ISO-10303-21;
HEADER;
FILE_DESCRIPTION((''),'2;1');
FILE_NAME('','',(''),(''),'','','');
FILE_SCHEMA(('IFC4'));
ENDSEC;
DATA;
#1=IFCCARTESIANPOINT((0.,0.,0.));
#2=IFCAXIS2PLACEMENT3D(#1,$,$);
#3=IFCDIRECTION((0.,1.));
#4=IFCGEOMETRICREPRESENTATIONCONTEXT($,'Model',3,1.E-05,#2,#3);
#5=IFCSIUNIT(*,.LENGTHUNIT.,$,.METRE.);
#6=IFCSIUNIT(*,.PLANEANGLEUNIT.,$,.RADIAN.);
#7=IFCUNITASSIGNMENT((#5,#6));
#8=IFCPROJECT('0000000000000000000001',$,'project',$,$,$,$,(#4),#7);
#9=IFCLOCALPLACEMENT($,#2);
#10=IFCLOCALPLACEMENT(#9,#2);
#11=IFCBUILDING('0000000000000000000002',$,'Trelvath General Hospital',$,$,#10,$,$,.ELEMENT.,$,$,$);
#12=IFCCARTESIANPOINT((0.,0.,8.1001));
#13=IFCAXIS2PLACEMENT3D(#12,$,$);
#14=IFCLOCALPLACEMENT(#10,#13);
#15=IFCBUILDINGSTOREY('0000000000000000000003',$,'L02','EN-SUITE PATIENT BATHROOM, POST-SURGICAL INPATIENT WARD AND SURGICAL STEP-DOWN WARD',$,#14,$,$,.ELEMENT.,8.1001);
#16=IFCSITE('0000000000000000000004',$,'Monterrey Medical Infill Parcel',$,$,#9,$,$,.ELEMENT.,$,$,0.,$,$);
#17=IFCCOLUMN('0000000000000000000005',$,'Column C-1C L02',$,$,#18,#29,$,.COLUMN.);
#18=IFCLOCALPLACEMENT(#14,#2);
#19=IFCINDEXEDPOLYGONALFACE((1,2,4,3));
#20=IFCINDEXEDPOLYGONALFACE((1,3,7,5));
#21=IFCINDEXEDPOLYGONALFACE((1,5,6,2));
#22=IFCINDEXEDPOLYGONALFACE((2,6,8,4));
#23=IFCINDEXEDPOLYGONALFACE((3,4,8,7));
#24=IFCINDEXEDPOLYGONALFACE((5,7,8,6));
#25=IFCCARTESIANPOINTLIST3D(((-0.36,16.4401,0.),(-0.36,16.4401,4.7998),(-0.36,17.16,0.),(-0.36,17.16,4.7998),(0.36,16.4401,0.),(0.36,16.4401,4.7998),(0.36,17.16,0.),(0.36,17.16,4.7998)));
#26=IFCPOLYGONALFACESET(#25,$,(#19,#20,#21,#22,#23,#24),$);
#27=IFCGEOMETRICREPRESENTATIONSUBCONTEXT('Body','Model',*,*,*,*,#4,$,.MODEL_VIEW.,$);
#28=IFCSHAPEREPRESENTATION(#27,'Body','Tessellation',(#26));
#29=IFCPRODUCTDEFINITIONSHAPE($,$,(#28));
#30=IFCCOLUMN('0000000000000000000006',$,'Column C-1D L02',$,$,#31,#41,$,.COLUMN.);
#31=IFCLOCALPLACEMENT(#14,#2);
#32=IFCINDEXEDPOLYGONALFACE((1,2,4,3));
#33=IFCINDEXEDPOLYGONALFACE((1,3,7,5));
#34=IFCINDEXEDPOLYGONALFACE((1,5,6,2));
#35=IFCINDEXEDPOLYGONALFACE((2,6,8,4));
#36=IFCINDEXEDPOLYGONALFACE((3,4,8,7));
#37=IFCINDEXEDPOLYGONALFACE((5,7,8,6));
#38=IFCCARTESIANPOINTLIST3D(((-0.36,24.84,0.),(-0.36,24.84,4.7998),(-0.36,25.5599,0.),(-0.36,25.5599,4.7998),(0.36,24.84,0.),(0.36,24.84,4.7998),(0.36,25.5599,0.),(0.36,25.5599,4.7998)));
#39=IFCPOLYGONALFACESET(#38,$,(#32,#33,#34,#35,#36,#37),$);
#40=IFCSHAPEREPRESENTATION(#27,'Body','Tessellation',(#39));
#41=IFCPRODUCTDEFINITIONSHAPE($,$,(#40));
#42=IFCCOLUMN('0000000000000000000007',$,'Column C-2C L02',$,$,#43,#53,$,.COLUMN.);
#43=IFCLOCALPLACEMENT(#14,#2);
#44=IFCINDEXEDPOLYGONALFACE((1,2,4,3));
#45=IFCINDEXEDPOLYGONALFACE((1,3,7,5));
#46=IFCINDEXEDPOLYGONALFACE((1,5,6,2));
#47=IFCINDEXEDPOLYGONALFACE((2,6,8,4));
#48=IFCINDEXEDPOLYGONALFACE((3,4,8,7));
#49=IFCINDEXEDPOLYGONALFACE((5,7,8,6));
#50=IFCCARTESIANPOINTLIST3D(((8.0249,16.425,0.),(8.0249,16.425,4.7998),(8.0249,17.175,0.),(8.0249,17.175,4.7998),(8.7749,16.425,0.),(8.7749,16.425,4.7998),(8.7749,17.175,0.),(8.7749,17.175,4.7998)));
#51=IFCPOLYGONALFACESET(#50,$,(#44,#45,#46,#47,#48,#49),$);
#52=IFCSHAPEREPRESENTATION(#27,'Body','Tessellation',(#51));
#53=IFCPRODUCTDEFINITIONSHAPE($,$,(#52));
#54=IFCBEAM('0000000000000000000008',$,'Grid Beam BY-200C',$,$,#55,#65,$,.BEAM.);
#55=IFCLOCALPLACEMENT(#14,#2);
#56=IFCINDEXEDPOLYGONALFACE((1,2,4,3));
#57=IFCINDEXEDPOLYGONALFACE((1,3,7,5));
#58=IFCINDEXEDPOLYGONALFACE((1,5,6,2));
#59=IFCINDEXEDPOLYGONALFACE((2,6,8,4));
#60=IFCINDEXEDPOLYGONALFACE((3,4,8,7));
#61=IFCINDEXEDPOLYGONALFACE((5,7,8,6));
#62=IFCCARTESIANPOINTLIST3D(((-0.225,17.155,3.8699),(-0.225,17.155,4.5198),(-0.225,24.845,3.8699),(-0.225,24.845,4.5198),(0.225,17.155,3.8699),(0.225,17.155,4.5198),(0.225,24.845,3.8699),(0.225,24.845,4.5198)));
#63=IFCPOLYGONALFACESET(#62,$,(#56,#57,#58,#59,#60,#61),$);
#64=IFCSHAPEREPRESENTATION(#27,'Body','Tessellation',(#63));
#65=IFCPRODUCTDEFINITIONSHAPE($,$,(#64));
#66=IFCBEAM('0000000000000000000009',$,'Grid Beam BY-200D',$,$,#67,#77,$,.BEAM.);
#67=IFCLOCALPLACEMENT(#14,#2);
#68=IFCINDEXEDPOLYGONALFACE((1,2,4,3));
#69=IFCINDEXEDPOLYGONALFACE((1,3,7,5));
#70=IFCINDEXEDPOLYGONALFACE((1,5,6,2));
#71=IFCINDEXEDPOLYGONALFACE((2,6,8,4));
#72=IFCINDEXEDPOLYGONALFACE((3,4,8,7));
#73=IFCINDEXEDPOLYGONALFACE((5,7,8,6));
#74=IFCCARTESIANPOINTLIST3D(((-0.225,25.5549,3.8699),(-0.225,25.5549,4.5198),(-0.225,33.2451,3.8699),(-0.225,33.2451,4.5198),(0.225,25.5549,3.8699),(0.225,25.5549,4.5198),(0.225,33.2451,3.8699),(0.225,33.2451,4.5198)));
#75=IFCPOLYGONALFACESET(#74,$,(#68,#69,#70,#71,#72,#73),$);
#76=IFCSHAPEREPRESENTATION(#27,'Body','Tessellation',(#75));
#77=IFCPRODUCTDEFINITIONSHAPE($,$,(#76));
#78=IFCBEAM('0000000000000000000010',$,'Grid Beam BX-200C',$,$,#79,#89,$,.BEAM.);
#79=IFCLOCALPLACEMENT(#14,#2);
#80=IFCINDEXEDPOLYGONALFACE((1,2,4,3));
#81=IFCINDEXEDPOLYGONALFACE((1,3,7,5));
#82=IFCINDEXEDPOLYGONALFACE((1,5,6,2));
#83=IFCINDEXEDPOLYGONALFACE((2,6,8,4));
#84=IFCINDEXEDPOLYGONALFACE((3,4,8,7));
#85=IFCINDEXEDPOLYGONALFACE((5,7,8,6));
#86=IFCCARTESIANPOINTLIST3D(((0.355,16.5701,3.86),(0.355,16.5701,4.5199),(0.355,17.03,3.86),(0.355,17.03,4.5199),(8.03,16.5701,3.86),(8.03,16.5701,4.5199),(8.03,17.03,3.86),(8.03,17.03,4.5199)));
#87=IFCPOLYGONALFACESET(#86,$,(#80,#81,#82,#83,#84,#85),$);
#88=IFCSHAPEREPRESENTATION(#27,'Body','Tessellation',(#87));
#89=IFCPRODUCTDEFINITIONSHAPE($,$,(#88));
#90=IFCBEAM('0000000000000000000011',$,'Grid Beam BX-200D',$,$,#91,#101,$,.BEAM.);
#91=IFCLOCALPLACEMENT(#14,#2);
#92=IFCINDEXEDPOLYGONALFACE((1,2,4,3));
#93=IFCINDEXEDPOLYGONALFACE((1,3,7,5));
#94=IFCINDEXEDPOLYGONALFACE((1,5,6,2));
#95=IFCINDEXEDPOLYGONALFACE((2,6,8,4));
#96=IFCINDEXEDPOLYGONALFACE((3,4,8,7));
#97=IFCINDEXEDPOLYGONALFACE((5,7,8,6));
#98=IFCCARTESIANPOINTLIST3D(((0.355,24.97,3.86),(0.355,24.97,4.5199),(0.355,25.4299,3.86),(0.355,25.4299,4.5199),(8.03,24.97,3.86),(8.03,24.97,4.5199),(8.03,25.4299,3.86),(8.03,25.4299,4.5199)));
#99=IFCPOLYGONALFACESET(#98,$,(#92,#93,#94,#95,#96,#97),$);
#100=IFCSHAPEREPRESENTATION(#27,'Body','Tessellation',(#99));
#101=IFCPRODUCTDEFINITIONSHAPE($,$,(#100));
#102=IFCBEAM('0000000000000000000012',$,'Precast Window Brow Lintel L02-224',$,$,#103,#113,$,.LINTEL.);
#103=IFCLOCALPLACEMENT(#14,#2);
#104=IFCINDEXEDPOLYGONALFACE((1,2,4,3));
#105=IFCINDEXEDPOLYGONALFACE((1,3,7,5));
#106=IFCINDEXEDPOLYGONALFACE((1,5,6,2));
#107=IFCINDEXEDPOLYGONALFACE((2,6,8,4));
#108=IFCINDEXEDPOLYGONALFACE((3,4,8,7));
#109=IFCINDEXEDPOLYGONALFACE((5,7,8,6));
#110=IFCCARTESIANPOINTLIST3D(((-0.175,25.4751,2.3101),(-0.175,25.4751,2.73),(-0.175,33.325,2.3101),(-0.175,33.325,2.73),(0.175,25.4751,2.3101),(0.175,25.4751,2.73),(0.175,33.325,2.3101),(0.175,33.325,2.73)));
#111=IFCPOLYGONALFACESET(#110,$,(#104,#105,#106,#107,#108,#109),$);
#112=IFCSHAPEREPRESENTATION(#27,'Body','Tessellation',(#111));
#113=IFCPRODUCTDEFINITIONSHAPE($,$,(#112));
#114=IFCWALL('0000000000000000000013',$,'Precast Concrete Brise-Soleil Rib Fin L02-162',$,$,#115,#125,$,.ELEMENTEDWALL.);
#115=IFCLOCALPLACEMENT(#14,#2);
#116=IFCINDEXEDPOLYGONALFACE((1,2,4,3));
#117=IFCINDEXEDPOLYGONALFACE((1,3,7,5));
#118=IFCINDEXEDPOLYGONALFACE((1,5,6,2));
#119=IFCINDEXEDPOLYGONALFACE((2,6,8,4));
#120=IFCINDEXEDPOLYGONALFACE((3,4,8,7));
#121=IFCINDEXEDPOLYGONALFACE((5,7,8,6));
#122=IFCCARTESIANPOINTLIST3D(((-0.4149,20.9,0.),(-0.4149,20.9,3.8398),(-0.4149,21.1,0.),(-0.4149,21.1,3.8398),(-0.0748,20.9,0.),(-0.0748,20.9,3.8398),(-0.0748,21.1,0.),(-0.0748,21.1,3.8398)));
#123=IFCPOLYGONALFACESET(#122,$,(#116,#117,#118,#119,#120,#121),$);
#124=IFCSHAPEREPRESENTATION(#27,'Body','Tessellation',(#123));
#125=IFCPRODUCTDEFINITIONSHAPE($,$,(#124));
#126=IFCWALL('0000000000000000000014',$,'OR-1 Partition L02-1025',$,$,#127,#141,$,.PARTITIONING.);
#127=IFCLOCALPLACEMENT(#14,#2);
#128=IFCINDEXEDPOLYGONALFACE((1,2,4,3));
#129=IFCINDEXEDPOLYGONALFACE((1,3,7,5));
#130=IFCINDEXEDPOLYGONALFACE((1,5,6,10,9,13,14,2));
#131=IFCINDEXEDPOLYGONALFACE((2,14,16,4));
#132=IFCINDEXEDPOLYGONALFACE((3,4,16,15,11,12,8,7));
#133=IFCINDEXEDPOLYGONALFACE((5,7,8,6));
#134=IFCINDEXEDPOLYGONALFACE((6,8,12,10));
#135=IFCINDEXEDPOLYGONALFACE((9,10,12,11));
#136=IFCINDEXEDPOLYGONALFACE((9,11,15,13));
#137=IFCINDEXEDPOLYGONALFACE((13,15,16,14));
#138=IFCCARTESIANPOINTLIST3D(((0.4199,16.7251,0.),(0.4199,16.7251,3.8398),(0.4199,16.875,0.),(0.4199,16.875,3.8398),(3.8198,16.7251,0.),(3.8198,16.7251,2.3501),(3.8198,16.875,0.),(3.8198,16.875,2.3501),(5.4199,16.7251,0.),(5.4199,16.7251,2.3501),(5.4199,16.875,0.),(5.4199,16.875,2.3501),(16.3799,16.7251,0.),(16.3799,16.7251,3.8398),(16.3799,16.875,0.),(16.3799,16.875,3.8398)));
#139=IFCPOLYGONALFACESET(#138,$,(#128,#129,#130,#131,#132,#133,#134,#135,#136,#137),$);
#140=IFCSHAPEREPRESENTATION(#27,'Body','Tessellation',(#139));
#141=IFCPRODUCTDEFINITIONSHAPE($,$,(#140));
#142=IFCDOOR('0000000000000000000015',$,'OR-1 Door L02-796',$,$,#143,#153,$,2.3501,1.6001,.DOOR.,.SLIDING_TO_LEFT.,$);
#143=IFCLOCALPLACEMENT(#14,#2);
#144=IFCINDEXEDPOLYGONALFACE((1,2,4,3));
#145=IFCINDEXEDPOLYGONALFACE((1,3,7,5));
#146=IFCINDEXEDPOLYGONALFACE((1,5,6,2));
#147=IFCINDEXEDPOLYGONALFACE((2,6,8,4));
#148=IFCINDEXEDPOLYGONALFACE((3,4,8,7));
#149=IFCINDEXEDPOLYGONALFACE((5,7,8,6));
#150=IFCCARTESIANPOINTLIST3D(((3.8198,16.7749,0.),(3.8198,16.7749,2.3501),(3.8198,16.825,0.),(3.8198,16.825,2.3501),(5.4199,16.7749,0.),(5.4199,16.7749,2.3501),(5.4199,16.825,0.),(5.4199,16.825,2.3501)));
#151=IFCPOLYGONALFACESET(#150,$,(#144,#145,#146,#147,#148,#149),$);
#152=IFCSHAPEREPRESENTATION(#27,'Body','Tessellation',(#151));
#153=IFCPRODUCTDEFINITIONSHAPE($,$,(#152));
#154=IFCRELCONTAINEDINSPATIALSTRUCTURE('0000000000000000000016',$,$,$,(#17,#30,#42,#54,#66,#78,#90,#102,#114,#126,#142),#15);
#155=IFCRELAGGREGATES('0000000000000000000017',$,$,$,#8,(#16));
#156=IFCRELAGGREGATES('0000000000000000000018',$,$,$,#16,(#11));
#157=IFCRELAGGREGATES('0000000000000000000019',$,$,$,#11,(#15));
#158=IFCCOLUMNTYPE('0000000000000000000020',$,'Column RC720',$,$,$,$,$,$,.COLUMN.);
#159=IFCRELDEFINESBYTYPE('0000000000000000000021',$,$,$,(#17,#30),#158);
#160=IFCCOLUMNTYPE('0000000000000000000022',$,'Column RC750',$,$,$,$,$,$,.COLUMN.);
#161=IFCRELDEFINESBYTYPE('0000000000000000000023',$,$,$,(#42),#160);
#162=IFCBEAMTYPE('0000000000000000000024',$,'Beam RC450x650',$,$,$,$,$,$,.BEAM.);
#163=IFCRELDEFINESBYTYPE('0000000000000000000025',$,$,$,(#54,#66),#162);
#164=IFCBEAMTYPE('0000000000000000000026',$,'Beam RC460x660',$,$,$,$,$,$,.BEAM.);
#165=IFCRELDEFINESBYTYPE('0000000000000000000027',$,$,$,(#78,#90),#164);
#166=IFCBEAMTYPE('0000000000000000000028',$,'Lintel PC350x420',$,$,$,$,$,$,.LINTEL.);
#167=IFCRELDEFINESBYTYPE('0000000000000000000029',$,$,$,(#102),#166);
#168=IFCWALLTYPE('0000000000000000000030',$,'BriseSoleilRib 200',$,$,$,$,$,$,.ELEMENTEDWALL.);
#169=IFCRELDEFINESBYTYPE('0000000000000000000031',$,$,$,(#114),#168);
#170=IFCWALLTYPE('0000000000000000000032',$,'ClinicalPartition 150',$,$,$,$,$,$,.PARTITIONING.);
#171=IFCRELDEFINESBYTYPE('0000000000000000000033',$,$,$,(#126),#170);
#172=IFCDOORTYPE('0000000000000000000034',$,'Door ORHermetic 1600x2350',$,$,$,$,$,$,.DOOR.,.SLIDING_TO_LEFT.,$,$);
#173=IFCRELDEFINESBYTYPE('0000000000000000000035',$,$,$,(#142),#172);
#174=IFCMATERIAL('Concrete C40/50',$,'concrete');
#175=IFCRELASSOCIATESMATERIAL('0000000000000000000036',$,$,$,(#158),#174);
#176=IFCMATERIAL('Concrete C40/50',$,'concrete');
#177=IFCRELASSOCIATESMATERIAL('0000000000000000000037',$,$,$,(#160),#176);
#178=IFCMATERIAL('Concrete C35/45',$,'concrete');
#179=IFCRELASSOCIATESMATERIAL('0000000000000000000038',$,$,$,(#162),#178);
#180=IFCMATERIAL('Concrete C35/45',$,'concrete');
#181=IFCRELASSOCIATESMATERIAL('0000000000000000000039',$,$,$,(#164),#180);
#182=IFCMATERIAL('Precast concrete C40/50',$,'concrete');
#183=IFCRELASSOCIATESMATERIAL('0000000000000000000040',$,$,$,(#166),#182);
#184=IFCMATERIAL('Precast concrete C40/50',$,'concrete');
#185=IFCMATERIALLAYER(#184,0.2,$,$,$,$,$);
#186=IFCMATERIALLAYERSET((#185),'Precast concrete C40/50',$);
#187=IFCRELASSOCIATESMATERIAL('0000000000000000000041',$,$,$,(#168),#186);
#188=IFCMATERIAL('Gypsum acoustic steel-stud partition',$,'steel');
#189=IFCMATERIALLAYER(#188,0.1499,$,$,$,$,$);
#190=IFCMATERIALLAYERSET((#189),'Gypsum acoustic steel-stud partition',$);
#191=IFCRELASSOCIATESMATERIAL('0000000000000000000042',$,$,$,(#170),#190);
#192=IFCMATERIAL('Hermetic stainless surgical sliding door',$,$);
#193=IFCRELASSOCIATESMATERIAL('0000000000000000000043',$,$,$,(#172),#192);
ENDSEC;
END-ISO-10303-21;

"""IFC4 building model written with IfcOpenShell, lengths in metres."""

from ifc_helpers import new_model, si_unit, direction, frame, frame_2d, origin, origin_2d, place, context, subcontext, project, spatial, rectangle, extrude, material, layer, layer_set, material_profile, profile_set, type_object, element, fill, save


model = new_model("IFC4")

# Units and contexts
model_context = context("Model", 3, precision=1e-05, world=origin(), true_north=direction((0.0, 1.0)))
body_context = subcontext(model_context, "Body", "Model", "MODEL_VIEW")
ifc_project = project(units=[si_unit("LENGTHUNIT", "METRE"), si_unit("PLANEANGLEUNIT", "RADIAN")], contexts=[model_context])

# Site, building, storey
site_placement = place(None, origin())
site = spatial("IfcSite", under=ifc_project, at=site_placement, Name="Monterrey Medical Infill Parcel", CompositionType="ELEMENT", RefElevation=0.0)
building_placement = place(site_placement, origin())
building = spatial("IfcBuilding", under=site, at=building_placement, Name="Trelvath General Hospital", CompositionType="ELEMENT")
storey_placement = place(building_placement, frame((0.0, 0.0, 8.1001)))
storey = spatial("IfcBuildingStorey", under=building, at=storey_placement, Name="L02", Description="EN-SUITE PATIENT BATHROOM, POST-SURGICAL INPATIENT WARD AND SURGICAL STEP-DOWN WARD", CompositionType="ELEMENT", Elevation=8.1001)

# Columns
ifc_material_1 = material(Name="Concrete C40/50", Category="concrete")
ifc_material_profile_1 = material_profile(ifc_material_1, rectangle(XDim=0.72, YDim=0.72, at=origin_2d()), Name="RC720x720")
ifc_profile_set_1 = profile_set([ifc_material_profile_1], Name="Concrete C40/50")
column_type_1 = type_object("IfcColumnType", Name="Column RC720", PredefinedType="COLUMN", material=ifc_profile_set_1)
for number, where, z_axis, x_axis, name in (
    (1, (0.0, 16.8, 0.0), (0.0, 0.0, 1.0), (1.0, 0.0, 0.0), "Column C-1C L02"),
    (2, (0.0, 25.2, 0.0), (0.0, 0.0, 1.0), (1.0, 0.0, 0.0), "Column C-1D L02"),
):
    element("IfcColumn", number, at=place(storey_placement, frame(where, z_axis=z_axis, x_axis=x_axis)), inside=storey, type_object=column_type_1, Name=name, PredefinedType="COLUMN", context=body_context, shape_type="SweptSolid", body=[
        extrude(rectangle(XDim=0.72, YDim=0.72, at=origin_2d()), origin(), (0.0, 0.0, 1.0), 4.7998),
    ])
ifc_material_2 = material(Name="Concrete C40/50", Category="concrete")
ifc_material_profile_2 = material_profile(ifc_material_2, rectangle(XDim=0.75, YDim=0.75, at=origin_2d()), Name="RC750x750")
ifc_profile_set_2 = profile_set([ifc_material_profile_2], Name="Concrete C40/50")
column_type_2 = type_object("IfcColumnType", Name="Column RC750", PredefinedType="COLUMN", material=ifc_profile_set_2)
column_placement = place(storey_placement, frame((8.3999, 16.8, 0.0), z_axis=(0.0, 0.0, 1.0), x_axis=(1.0, 0.0, 0.0)))
element("IfcColumn", 3, at=column_placement, inside=storey, type_object=column_type_2, Name="Column C-2C L02", PredefinedType="COLUMN", context=body_context, shape_type="SweptSolid", body=[
    extrude(rectangle(XDim=0.75, YDim=0.75, at=origin_2d()), origin(), (0.0, 0.0, 1.0), 4.7998),
])

# Beams
ifc_material_3 = material(Name="Concrete C35/45", Category="concrete")
ifc_material_profile_3 = material_profile(ifc_material_3, rectangle(XDim=0.45, YDim=0.6499, at=origin_2d()), Name="RCB450x650")
ifc_profile_set_3 = profile_set([ifc_material_profile_3], Name="Concrete C35/45")
beam_type_1 = type_object("IfcBeamType", Name="Beam RC450x650", PredefinedType="BEAM", material=ifc_profile_set_3)
beam_1_placement = place(storey_placement, frame((0.0, 17.155, 4.1948), z_axis=(0.0, 1.0, 0.0), x_axis=(-1.0, 0.0, 0.0)))
element("IfcBeam", 4, at=beam_1_placement, inside=storey, type_object=beam_type_1, Name="Grid Beam BY-200C", PredefinedType="BEAM", context=body_context, shape_type="SweptSolid", body=[
    extrude(rectangle(XDim=0.45, YDim=0.6499, at=origin_2d()), origin(), (0.0, 0.0, 1.0), 7.6899),
])
beam_2_placement = place(storey_placement, frame((0.0, 25.5549, 4.1948), z_axis=(0.0, 1.0, 0.0), x_axis=(-1.0, 0.0, 0.0)))
element("IfcBeam", 5, at=beam_2_placement, inside=storey, type_object=beam_type_1, Name="Grid Beam BY-200D", PredefinedType="BEAM", context=body_context, shape_type="SweptSolid", body=[
    extrude(rectangle(XDim=0.45, YDim=0.6499, at=origin_2d()), origin(), (0.0, 0.0, 1.0), 7.6902),
])
ifc_material_4 = material(Name="Concrete C35/45", Category="concrete")
ifc_material_profile_4 = material_profile(ifc_material_4, rectangle(XDim=0.46, YDim=0.6599, at=origin_2d()), Name="RCB460x660")
ifc_profile_set_4 = profile_set([ifc_material_profile_4], Name="Concrete C35/45")
beam_type_2 = type_object("IfcBeamType", Name="Beam RC460x660", PredefinedType="BEAM", material=ifc_profile_set_4)
for number, where, z_axis, x_axis, name in (
    (6, (0.355, 16.8, 4.1899), (1.0, 0.0, 0.0), (0.0, 1.0, 0.0), "Grid Beam BX-200C"),
    (7, (0.355, 25.2, 4.1899), (1.0, 0.0, 0.0), (0.0, 1.0, 0.0), "Grid Beam BX-200D"),
):
    element("IfcBeam", number, at=place(storey_placement, frame(where, z_axis=z_axis, x_axis=x_axis)), inside=storey, type_object=beam_type_2, Name=name, PredefinedType="BEAM", context=body_context, shape_type="SweptSolid", body=[
        extrude(rectangle(XDim=0.46, YDim=0.6599, at=origin_2d()), origin(), (0.0, 0.0, 1.0), 7.675),
    ])
ifc_material_5 = material(Name="Precast concrete C40/50", Category="concrete")
ifc_material_profile_5 = material_profile(ifc_material_5, rectangle(XDim=0.3501, YDim=0.4199, at=origin_2d()), Name="PCL350x420")
ifc_profile_set_5 = profile_set([ifc_material_profile_5], Name="Precast concrete C40/50")
beam_type_3 = type_object("IfcBeamType", Name="Lintel PC350x420", PredefinedType="LINTEL", material=ifc_profile_set_5)
beam_3_placement = place(storey_placement, frame((0.0, 25.4751, 2.52), z_axis=(0.0, 1.0, 0.0), x_axis=(-1.0, 0.0, 0.0)))
element("IfcBeam", 8, at=beam_3_placement, inside=storey, type_object=beam_type_3, Name="Precast Window Brow Lintel L02-224", PredefinedType="LINTEL", context=body_context, shape_type="SweptSolid", body=[
    extrude(rectangle(XDim=0.3501, YDim=0.4199, at=origin_2d()), origin(), (0.0, 0.0, 1.0), 7.8499),
])

# Wall
ifc_material_6 = material(Name="Precast concrete C40/50", Category="concrete")
ifc_layer_1 = layer(ifc_material_6, 0.2)
ifc_layer_set_1 = layer_set([ifc_layer_1], Name="Precast concrete C40/50")
wall_type_1 = type_object("IfcWallType", Name="BriseSoleilRib 200", PredefinedType="ELEMENTEDWALL", material=ifc_layer_set_1)
wall_1_placement = place(storey_placement, frame((-0.075, 21.0, 0.0), z_axis=(0.0, 0.0, 1.0), x_axis=(-1.0, 0.0, 0.0)))
element("IfcWall", 9, at=wall_1_placement, inside=storey, type_object=wall_type_1, Name="Precast Concrete Brise-Soleil Rib Fin L02-162", PredefinedType="ELEMENTEDWALL", context=body_context, shape_type="SweptSolid", body=[
    extrude(rectangle(XDim=0.3401, YDim=0.2, at=frame_2d((0.1699, 0.0))), origin(), (0.0, 0.0, 1.0), 3.8398),
])

# Wall, opening, door
ifc_material_7 = material(Name="Gypsum acoustic steel-stud partition", Category="steel")
ifc_layer_2 = layer(ifc_material_7, 0.1499)
ifc_layer_set_2 = layer_set([ifc_layer_2], Name="Gypsum acoustic steel-stud partition")
wall_type_2 = type_object("IfcWallType", Name="ClinicalPartition 150", PredefinedType="PARTITIONING", material=ifc_layer_set_2)
wall_2_placement = place(storey_placement, frame((0.4199, 16.8, 0.0), z_axis=(0.0, 0.0, 1.0), x_axis=(1.0, 0.0, 0.0)))
wall_2 = element("IfcWall", 10, at=wall_2_placement, inside=storey, type_object=wall_type_2, Name="OR-1 Partition L02-1025", PredefinedType="PARTITIONING", context=body_context, shape_type="SweptSolid", body=[
    extrude(rectangle(XDim=15.96, YDim=0.1499, at=frame_2d((7.98, 0.0))), origin(), (0.0, 0.0, 1.0), 3.8398),
])
opening_1_placement = place(wall_2_placement, frame((3.3999, 0.0, 0.0)))
opening_1 = element("IfcOpeningElement", 11, at=opening_1_placement, cuts=wall_2, PredefinedType="OPENING", context=body_context, shape_type="SweptSolid", body=[
    extrude(rectangle(XDim=1.6001, YDim=2.3501, at=frame_2d((0.8, 1.175))), frame((0.0, 0.085, 0.0), z_axis=(0.0, -1.0, 0.0), x_axis=(1.0, 0.0, 0.0)), (0.0, 0.0, 1.0), 0.1699),
])
ifc_material_8 = material(Name="Hermetic stainless surgical sliding door")
door_type = type_object("IfcDoorType", Name="Door ORHermetic 1600x2350", OperationType="SLIDING_TO_LEFT", PredefinedType="DOOR", material=ifc_material_8)
door_1_placement = place(opening_1_placement, origin())
door_1 = element("IfcDoor", 12, at=door_1_placement, inside=storey, type_object=door_type, Name="OR-1 Door L02-796", OperationType="SLIDING_TO_LEFT", OverallHeight=2.3501, OverallWidth=1.6001, PredefinedType="DOOR", context=body_context, shape_type="SweptSolid", body=[
    extrude(rectangle(XDim=1.6001, YDim=2.3501, at=frame_2d((0.8, 1.175))), frame((0.0, 0.0249, 0.0), z_axis=(0.0, -1.0, 0.0), x_axis=(1.0, 0.0, 0.0)), (0.0, 0.0, 1.0), 0.05),
])
fill(opening_1, door_1)

save(model, "model.ifc")
